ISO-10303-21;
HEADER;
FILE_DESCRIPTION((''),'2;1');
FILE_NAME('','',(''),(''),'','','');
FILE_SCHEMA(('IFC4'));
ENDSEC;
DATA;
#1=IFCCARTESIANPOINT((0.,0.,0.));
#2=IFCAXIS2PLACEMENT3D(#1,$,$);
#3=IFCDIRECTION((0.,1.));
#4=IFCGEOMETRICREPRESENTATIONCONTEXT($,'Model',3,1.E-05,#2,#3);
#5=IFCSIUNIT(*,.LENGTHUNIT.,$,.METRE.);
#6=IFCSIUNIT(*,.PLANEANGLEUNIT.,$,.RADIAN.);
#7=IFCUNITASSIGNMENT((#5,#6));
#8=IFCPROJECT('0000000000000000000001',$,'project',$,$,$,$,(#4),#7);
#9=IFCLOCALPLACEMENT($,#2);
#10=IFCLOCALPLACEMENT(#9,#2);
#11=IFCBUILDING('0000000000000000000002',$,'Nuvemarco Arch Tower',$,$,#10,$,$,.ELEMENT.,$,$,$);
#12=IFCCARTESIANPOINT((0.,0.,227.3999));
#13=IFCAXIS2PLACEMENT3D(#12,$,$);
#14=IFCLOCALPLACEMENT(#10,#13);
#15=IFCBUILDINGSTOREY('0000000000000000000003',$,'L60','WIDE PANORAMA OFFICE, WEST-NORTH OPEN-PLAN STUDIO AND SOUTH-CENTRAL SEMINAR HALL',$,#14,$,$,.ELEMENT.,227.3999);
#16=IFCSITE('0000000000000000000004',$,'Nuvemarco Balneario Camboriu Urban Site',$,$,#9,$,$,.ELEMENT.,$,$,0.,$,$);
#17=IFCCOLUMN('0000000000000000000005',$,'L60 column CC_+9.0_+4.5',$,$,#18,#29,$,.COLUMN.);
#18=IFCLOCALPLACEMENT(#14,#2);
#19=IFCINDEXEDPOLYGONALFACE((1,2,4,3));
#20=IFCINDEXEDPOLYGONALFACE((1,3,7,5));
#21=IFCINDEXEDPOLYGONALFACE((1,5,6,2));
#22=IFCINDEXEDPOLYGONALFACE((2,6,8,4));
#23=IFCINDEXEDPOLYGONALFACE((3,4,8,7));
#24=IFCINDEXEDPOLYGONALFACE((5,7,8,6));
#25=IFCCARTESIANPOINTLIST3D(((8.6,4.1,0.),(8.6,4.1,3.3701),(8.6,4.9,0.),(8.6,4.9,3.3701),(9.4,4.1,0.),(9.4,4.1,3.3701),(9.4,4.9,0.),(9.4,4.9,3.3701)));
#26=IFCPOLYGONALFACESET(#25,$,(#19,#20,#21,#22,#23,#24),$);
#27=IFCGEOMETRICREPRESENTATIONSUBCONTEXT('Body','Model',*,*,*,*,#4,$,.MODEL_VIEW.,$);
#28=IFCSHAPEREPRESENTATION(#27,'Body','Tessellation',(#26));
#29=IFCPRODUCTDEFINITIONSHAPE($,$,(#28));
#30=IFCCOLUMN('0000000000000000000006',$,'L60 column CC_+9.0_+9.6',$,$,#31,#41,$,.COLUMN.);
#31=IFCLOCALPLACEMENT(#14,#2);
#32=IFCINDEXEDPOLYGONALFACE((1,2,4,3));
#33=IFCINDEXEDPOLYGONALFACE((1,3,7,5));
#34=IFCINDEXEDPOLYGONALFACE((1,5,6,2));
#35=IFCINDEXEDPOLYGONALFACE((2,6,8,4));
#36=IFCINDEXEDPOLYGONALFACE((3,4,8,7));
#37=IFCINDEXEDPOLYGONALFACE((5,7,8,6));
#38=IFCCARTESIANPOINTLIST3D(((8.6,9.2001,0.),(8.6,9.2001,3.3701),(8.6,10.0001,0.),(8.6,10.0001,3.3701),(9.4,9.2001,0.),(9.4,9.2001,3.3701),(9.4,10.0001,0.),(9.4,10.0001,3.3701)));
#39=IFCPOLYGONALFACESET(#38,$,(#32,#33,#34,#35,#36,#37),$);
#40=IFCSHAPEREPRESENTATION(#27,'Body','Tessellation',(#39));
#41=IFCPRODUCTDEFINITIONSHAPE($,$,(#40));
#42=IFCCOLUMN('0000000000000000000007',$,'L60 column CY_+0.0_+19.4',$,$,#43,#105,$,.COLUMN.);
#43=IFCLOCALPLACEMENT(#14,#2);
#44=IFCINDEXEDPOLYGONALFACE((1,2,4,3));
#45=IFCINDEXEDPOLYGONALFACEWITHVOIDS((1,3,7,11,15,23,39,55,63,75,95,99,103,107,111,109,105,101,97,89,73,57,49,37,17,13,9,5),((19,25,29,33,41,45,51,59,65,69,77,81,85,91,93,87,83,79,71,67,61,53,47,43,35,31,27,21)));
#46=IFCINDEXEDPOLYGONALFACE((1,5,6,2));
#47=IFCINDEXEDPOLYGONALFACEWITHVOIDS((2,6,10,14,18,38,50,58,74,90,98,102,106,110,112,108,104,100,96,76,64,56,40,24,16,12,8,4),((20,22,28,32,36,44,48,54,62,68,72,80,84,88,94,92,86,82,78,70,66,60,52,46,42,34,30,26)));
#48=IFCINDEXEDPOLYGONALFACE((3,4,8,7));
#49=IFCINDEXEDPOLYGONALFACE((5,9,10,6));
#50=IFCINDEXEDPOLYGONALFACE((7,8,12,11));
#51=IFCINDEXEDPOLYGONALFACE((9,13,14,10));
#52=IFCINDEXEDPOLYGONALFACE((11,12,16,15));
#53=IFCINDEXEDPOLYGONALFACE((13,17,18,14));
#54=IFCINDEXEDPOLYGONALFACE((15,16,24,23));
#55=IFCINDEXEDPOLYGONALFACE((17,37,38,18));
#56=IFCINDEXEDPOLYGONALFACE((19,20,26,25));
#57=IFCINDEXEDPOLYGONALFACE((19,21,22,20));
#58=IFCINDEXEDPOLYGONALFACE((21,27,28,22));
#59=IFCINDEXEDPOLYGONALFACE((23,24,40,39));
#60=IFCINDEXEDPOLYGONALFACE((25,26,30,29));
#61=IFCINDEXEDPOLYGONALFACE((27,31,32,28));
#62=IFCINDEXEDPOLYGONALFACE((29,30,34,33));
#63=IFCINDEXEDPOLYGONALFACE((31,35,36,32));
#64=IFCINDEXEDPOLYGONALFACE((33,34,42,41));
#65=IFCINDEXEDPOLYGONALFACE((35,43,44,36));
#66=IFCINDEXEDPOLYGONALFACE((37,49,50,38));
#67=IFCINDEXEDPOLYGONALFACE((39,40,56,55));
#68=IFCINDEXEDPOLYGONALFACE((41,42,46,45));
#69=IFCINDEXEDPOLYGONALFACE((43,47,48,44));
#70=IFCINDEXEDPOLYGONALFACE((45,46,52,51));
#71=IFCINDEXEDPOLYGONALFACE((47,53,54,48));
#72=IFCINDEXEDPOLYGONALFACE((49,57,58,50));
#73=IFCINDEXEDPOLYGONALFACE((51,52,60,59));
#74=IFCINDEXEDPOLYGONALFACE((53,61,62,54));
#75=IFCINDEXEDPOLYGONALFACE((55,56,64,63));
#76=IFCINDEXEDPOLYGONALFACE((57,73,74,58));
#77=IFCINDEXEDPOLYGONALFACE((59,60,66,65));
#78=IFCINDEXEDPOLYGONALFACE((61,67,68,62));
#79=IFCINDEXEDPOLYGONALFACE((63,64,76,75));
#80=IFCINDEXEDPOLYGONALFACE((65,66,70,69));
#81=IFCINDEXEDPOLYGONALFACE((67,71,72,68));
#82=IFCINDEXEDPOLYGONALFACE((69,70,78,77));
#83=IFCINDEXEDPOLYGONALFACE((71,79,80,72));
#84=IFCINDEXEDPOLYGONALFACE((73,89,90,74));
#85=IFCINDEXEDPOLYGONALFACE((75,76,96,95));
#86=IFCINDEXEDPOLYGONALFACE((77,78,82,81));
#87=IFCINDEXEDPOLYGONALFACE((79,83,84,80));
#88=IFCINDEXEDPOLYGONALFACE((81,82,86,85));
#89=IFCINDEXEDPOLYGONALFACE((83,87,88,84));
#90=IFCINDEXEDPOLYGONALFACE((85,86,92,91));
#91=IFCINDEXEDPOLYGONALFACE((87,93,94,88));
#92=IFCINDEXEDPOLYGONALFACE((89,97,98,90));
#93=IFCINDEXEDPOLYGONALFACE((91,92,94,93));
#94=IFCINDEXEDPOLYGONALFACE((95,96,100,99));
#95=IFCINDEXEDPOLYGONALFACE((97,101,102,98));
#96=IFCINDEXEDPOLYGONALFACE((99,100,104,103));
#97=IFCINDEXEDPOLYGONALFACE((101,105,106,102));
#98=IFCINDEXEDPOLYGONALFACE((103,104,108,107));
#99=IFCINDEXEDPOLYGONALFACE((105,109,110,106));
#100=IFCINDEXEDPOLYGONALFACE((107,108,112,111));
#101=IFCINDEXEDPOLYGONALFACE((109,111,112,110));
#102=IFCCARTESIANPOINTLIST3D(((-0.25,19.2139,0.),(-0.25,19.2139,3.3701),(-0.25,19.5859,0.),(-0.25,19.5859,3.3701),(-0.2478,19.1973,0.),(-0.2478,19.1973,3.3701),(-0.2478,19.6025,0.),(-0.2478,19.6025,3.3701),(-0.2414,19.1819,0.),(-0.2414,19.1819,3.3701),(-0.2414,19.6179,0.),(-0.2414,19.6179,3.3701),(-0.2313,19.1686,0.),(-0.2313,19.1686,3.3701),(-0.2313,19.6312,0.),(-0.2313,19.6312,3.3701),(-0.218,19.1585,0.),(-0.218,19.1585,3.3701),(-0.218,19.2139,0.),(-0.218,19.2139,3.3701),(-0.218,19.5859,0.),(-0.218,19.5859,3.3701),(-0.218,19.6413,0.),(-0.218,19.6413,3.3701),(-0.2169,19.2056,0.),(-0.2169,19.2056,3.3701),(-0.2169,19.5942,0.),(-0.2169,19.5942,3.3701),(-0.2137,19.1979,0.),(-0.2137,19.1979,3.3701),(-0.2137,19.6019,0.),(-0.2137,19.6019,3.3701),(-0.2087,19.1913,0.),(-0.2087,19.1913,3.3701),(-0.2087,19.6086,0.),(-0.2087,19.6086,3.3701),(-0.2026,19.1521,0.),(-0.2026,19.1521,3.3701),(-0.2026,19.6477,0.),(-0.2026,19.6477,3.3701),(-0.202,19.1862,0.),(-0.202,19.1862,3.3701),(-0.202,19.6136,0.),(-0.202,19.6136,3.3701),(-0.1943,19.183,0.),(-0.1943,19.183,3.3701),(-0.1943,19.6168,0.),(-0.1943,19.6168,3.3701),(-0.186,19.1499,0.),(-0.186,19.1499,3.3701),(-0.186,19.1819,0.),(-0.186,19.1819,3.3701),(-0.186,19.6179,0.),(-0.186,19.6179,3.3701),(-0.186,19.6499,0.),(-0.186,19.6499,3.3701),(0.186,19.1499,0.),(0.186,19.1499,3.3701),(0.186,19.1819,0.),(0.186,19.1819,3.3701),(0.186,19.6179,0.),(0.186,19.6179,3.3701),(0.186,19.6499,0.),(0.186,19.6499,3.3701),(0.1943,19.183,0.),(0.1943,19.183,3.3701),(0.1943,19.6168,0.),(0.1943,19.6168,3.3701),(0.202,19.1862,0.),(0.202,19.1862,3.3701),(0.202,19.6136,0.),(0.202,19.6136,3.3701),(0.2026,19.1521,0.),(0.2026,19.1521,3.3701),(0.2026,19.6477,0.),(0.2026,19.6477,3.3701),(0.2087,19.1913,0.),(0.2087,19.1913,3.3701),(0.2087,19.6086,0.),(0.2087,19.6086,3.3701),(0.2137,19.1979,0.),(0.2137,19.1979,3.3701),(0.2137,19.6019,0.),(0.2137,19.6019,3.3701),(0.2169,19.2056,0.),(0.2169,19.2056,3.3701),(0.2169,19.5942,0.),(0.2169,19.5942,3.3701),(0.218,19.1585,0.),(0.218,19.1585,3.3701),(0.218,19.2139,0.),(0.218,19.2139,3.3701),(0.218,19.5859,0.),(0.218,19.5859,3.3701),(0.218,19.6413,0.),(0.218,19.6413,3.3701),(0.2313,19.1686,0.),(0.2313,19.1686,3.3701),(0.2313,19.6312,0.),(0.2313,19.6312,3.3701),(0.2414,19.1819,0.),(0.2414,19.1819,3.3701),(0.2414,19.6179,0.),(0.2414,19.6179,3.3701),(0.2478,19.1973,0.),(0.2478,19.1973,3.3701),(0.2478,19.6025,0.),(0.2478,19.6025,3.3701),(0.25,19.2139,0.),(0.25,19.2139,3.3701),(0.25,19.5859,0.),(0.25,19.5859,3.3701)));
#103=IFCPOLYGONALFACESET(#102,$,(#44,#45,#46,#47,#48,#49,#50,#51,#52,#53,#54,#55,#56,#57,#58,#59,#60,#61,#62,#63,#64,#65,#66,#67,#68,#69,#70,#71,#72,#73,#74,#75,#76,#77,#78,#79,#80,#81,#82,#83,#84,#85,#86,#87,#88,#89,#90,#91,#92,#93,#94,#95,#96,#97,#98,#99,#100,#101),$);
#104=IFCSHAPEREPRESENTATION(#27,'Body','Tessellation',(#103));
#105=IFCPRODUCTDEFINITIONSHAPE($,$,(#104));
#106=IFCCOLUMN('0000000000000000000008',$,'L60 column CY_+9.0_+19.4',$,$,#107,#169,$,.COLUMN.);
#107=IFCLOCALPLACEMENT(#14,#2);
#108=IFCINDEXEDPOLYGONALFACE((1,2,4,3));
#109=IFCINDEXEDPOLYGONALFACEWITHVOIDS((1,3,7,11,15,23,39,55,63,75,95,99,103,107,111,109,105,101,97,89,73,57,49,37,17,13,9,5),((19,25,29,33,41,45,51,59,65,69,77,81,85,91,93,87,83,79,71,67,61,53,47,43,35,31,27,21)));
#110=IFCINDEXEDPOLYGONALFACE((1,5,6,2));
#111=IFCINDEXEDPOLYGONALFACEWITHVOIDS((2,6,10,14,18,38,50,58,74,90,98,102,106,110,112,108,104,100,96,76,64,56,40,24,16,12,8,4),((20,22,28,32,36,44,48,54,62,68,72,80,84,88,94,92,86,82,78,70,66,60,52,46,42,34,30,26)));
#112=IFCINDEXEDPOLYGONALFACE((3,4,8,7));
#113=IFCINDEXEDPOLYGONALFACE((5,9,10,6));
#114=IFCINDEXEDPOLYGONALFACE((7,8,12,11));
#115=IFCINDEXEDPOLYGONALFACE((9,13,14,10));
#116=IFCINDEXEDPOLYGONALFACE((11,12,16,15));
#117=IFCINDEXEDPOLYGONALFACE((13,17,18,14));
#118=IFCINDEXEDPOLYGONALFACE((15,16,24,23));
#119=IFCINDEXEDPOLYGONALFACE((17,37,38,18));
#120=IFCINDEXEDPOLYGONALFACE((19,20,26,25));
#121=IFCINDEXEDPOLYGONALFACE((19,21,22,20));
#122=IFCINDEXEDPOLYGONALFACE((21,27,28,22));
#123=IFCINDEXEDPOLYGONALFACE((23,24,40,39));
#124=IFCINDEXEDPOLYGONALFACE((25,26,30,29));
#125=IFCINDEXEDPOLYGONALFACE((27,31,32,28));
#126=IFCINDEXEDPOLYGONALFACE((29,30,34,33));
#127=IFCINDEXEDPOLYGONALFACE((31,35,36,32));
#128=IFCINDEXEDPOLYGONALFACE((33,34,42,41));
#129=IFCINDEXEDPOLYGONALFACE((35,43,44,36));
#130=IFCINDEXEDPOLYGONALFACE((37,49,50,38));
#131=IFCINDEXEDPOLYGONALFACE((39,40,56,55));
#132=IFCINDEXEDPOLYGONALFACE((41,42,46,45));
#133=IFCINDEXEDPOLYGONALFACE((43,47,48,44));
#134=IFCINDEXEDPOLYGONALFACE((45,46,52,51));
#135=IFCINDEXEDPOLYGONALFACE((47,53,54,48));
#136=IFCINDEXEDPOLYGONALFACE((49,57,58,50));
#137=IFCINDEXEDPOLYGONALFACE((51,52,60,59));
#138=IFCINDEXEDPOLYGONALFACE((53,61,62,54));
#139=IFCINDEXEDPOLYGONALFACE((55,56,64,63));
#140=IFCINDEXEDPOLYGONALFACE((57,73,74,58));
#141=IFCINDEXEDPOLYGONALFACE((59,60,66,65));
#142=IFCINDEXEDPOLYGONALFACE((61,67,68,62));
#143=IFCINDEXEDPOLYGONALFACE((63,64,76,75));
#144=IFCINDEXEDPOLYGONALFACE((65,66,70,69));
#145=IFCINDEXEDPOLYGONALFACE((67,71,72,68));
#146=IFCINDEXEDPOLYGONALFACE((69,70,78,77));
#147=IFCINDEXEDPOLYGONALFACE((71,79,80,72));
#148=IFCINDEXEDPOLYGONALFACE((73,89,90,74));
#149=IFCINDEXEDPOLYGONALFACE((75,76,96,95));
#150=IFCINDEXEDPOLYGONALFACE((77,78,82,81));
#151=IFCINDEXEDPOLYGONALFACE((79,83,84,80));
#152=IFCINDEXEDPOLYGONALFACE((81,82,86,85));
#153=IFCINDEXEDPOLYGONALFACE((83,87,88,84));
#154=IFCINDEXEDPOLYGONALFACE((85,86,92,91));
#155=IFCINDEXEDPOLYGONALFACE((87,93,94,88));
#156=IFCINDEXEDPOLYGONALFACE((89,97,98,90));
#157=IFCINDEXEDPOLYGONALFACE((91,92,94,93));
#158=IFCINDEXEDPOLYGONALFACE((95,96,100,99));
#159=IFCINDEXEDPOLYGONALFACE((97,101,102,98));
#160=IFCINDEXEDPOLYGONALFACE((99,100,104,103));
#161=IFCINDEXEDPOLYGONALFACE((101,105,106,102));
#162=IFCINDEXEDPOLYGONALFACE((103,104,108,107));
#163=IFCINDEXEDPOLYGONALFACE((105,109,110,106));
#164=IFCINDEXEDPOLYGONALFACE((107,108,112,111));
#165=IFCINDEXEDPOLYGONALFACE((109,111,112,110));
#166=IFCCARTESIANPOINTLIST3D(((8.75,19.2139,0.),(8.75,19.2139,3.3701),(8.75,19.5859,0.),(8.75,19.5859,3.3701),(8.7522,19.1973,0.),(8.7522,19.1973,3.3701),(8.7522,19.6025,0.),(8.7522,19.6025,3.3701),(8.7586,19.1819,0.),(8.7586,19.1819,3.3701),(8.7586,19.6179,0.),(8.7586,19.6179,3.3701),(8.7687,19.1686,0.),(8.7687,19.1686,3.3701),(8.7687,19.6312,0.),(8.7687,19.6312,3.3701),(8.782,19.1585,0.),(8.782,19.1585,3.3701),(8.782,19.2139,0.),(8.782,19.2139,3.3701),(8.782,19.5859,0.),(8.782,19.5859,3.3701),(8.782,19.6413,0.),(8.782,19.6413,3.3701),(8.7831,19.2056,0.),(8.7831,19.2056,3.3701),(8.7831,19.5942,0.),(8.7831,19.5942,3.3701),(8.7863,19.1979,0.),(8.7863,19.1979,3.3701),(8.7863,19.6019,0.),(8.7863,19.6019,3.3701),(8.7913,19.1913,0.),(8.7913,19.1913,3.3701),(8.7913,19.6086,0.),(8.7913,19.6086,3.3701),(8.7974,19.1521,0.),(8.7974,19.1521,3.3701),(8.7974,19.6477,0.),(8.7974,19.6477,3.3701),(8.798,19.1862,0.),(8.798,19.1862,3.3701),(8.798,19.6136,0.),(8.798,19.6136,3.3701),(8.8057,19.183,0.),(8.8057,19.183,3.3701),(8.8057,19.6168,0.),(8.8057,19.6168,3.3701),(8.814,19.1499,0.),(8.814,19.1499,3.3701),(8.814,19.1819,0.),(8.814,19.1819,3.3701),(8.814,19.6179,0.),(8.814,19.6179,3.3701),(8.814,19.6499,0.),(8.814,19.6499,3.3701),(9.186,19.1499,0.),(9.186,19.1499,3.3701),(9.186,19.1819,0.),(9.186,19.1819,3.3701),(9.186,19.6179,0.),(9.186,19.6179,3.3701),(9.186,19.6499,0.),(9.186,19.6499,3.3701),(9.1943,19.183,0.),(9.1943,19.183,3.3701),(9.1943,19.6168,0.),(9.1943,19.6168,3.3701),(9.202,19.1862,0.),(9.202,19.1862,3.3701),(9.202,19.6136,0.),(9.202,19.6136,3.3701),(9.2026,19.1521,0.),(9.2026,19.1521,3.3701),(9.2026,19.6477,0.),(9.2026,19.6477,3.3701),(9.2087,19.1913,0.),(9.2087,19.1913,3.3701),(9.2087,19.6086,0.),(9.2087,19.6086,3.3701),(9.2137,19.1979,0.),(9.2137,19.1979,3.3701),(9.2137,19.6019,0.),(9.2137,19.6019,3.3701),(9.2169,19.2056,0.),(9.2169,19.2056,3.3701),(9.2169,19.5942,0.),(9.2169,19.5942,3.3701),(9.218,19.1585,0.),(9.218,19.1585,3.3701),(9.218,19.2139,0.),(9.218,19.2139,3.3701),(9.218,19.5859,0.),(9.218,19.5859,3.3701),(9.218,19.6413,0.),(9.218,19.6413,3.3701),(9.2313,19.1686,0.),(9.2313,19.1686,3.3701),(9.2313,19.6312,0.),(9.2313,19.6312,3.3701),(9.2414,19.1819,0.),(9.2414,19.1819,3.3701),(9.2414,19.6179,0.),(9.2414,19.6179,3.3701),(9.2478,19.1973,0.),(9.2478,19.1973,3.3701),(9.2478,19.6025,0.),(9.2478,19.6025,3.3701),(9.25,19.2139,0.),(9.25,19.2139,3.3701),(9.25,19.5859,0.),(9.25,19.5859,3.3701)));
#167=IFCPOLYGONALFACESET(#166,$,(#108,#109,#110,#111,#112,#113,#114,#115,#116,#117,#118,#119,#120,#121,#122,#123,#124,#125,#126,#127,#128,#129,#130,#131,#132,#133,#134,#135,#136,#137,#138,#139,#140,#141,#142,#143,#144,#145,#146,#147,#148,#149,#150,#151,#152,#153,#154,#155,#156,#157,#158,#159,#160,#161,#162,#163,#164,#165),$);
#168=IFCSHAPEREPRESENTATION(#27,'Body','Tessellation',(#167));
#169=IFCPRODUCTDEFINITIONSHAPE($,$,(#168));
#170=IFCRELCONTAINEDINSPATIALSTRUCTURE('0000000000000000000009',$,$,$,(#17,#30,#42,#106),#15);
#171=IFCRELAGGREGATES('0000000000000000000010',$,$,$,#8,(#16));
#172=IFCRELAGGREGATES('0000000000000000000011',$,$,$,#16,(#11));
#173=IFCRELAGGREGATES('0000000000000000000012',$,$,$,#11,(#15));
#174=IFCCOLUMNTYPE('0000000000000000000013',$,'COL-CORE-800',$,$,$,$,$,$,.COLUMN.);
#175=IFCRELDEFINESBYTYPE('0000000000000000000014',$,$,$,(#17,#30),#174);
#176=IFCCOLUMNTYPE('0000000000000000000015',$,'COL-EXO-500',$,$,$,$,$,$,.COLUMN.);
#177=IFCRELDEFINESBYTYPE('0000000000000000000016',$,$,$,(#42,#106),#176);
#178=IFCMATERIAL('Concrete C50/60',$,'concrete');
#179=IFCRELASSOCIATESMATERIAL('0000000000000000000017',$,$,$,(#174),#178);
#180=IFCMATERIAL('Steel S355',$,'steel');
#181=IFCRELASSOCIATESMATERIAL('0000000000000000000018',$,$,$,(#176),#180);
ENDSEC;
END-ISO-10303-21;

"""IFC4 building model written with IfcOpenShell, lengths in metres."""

from ifc_helpers import new_model, si_unit, direction, frame, origin, origin_2d, place, context, subcontext, project, spatial, rectangle, hollow_rectangle, extrude, material, material_profile, profile_set, type_object, element, save


model = new_model("IFC4")

# Units and contexts
model_context = context("Model", 3, precision=1e-05, world=origin(), true_north=direction((0.0, 1.0)))
body_context = subcontext(model_context, "Body", "Model", "MODEL_VIEW")
ifc_project = project(units=[si_unit("LENGTHUNIT", "METRE"), si_unit("PLANEANGLEUNIT", "RADIAN")], contexts=[model_context])

# Site, building, storey
site_placement = place(None, origin())
site = spatial("IfcSite", under=ifc_project, at=site_placement, Name="Nuvemarco Balneario Camboriu Urban Site", CompositionType="ELEMENT", RefElevation=0.0)
building_placement = place(site_placement, origin())
building = spatial("IfcBuilding", under=site, at=building_placement, Name="Nuvemarco Arch Tower", CompositionType="ELEMENT")
storey_placement = place(building_placement, frame((0.0, 0.0, 227.3999)))
storey = spatial("IfcBuildingStorey", under=building, at=storey_placement, Name="L60", Description="WIDE PANORAMA OFFICE, WEST-NORTH OPEN-PLAN STUDIO AND SOUTH-CENTRAL SEMINAR HALL", CompositionType="ELEMENT", Elevation=227.3999)

# Columns
ifc_material_1 = material(Name="Concrete C50/60", Category="concrete")
ifc_material_profile_1 = material_profile(ifc_material_1, rectangle(XDim=0.8, YDim=0.8, at=origin_2d()), Name="RC-COL-800x800")
ifc_profile_set_1 = profile_set([ifc_material_profile_1], Name="Concrete C50/60")
column_type_1 = type_object("IfcColumnType", Name="COL-CORE-800", PredefinedType="COLUMN", material=ifc_profile_set_1)
for number, where, z_axis, x_axis, name in (
    (1, (9.0, 4.5, 0.0), (0.0, 0.0, 1.0), (1.0, 0.0, 0.0), "L60 column CC_+9.0_+4.5"),
    (2, (9.0, 9.6001, 0.0), (0.0, 0.0, 1.0), (1.0, 0.0, 0.0), "L60 column CC_+9.0_+9.6"),
):
    element("IfcColumn", number, at=place(storey_placement, frame(where, z_axis=z_axis, x_axis=x_axis)), inside=storey, type_object=column_type_1, Name=name, PredefinedType="COLUMN", context=body_context, shape_type="SweptSolid", body=[
        extrude(rectangle(XDim=0.8, YDim=0.8, at=origin_2d()), origin(), (0.0, 0.0, 1.0), 3.3701),
    ])
ifc_material_2 = material(Name="Steel S355", Category="steel")
ifc_material_profile_2 = material_profile(ifc_material_2, hollow_rectangle(XDim=0.5, YDim=0.5, WallThickness=0.032, InnerFilletRadius=0.032, OuterFilletRadius=0.064, at=origin_2d()), Name="SHS500x500x32")
ifc_profile_set_2 = profile_set([ifc_material_profile_2], Name="Steel S355")
column_type_2 = type_object("IfcColumnType", Name="COL-EXO-500", PredefinedType="COLUMN", material=ifc_profile_set_2)
for number, where, z_axis, x_axis, name in (
    (3, (0.0, 19.3999, 0.0), (0.0, 0.0, 1.0), (1.0, 0.0, 0.0), "L60 column CY_+0.0_+19.4"),
    (4, (9.0, 19.3999, 0.0), (0.0, 0.0, 1.0), (1.0, 0.0, 0.0), "L60 column CY_+9.0_+19.4"),
):
    element("IfcColumn", number, at=place(storey_placement, frame(where, z_axis=z_axis, x_axis=x_axis)), inside=storey, type_object=column_type_2, Name=name, PredefinedType="COLUMN", context=body_context, shape_type="SweptSolid", body=[
        extrude(hollow_rectangle(XDim=0.5, YDim=0.5, WallThickness=0.032, InnerFilletRadius=0.032, OuterFilletRadius=0.064, at=origin_2d()), origin(), (0.0, 0.0, 1.0), 3.3701),
    ])

save(model, "model.ifc")
